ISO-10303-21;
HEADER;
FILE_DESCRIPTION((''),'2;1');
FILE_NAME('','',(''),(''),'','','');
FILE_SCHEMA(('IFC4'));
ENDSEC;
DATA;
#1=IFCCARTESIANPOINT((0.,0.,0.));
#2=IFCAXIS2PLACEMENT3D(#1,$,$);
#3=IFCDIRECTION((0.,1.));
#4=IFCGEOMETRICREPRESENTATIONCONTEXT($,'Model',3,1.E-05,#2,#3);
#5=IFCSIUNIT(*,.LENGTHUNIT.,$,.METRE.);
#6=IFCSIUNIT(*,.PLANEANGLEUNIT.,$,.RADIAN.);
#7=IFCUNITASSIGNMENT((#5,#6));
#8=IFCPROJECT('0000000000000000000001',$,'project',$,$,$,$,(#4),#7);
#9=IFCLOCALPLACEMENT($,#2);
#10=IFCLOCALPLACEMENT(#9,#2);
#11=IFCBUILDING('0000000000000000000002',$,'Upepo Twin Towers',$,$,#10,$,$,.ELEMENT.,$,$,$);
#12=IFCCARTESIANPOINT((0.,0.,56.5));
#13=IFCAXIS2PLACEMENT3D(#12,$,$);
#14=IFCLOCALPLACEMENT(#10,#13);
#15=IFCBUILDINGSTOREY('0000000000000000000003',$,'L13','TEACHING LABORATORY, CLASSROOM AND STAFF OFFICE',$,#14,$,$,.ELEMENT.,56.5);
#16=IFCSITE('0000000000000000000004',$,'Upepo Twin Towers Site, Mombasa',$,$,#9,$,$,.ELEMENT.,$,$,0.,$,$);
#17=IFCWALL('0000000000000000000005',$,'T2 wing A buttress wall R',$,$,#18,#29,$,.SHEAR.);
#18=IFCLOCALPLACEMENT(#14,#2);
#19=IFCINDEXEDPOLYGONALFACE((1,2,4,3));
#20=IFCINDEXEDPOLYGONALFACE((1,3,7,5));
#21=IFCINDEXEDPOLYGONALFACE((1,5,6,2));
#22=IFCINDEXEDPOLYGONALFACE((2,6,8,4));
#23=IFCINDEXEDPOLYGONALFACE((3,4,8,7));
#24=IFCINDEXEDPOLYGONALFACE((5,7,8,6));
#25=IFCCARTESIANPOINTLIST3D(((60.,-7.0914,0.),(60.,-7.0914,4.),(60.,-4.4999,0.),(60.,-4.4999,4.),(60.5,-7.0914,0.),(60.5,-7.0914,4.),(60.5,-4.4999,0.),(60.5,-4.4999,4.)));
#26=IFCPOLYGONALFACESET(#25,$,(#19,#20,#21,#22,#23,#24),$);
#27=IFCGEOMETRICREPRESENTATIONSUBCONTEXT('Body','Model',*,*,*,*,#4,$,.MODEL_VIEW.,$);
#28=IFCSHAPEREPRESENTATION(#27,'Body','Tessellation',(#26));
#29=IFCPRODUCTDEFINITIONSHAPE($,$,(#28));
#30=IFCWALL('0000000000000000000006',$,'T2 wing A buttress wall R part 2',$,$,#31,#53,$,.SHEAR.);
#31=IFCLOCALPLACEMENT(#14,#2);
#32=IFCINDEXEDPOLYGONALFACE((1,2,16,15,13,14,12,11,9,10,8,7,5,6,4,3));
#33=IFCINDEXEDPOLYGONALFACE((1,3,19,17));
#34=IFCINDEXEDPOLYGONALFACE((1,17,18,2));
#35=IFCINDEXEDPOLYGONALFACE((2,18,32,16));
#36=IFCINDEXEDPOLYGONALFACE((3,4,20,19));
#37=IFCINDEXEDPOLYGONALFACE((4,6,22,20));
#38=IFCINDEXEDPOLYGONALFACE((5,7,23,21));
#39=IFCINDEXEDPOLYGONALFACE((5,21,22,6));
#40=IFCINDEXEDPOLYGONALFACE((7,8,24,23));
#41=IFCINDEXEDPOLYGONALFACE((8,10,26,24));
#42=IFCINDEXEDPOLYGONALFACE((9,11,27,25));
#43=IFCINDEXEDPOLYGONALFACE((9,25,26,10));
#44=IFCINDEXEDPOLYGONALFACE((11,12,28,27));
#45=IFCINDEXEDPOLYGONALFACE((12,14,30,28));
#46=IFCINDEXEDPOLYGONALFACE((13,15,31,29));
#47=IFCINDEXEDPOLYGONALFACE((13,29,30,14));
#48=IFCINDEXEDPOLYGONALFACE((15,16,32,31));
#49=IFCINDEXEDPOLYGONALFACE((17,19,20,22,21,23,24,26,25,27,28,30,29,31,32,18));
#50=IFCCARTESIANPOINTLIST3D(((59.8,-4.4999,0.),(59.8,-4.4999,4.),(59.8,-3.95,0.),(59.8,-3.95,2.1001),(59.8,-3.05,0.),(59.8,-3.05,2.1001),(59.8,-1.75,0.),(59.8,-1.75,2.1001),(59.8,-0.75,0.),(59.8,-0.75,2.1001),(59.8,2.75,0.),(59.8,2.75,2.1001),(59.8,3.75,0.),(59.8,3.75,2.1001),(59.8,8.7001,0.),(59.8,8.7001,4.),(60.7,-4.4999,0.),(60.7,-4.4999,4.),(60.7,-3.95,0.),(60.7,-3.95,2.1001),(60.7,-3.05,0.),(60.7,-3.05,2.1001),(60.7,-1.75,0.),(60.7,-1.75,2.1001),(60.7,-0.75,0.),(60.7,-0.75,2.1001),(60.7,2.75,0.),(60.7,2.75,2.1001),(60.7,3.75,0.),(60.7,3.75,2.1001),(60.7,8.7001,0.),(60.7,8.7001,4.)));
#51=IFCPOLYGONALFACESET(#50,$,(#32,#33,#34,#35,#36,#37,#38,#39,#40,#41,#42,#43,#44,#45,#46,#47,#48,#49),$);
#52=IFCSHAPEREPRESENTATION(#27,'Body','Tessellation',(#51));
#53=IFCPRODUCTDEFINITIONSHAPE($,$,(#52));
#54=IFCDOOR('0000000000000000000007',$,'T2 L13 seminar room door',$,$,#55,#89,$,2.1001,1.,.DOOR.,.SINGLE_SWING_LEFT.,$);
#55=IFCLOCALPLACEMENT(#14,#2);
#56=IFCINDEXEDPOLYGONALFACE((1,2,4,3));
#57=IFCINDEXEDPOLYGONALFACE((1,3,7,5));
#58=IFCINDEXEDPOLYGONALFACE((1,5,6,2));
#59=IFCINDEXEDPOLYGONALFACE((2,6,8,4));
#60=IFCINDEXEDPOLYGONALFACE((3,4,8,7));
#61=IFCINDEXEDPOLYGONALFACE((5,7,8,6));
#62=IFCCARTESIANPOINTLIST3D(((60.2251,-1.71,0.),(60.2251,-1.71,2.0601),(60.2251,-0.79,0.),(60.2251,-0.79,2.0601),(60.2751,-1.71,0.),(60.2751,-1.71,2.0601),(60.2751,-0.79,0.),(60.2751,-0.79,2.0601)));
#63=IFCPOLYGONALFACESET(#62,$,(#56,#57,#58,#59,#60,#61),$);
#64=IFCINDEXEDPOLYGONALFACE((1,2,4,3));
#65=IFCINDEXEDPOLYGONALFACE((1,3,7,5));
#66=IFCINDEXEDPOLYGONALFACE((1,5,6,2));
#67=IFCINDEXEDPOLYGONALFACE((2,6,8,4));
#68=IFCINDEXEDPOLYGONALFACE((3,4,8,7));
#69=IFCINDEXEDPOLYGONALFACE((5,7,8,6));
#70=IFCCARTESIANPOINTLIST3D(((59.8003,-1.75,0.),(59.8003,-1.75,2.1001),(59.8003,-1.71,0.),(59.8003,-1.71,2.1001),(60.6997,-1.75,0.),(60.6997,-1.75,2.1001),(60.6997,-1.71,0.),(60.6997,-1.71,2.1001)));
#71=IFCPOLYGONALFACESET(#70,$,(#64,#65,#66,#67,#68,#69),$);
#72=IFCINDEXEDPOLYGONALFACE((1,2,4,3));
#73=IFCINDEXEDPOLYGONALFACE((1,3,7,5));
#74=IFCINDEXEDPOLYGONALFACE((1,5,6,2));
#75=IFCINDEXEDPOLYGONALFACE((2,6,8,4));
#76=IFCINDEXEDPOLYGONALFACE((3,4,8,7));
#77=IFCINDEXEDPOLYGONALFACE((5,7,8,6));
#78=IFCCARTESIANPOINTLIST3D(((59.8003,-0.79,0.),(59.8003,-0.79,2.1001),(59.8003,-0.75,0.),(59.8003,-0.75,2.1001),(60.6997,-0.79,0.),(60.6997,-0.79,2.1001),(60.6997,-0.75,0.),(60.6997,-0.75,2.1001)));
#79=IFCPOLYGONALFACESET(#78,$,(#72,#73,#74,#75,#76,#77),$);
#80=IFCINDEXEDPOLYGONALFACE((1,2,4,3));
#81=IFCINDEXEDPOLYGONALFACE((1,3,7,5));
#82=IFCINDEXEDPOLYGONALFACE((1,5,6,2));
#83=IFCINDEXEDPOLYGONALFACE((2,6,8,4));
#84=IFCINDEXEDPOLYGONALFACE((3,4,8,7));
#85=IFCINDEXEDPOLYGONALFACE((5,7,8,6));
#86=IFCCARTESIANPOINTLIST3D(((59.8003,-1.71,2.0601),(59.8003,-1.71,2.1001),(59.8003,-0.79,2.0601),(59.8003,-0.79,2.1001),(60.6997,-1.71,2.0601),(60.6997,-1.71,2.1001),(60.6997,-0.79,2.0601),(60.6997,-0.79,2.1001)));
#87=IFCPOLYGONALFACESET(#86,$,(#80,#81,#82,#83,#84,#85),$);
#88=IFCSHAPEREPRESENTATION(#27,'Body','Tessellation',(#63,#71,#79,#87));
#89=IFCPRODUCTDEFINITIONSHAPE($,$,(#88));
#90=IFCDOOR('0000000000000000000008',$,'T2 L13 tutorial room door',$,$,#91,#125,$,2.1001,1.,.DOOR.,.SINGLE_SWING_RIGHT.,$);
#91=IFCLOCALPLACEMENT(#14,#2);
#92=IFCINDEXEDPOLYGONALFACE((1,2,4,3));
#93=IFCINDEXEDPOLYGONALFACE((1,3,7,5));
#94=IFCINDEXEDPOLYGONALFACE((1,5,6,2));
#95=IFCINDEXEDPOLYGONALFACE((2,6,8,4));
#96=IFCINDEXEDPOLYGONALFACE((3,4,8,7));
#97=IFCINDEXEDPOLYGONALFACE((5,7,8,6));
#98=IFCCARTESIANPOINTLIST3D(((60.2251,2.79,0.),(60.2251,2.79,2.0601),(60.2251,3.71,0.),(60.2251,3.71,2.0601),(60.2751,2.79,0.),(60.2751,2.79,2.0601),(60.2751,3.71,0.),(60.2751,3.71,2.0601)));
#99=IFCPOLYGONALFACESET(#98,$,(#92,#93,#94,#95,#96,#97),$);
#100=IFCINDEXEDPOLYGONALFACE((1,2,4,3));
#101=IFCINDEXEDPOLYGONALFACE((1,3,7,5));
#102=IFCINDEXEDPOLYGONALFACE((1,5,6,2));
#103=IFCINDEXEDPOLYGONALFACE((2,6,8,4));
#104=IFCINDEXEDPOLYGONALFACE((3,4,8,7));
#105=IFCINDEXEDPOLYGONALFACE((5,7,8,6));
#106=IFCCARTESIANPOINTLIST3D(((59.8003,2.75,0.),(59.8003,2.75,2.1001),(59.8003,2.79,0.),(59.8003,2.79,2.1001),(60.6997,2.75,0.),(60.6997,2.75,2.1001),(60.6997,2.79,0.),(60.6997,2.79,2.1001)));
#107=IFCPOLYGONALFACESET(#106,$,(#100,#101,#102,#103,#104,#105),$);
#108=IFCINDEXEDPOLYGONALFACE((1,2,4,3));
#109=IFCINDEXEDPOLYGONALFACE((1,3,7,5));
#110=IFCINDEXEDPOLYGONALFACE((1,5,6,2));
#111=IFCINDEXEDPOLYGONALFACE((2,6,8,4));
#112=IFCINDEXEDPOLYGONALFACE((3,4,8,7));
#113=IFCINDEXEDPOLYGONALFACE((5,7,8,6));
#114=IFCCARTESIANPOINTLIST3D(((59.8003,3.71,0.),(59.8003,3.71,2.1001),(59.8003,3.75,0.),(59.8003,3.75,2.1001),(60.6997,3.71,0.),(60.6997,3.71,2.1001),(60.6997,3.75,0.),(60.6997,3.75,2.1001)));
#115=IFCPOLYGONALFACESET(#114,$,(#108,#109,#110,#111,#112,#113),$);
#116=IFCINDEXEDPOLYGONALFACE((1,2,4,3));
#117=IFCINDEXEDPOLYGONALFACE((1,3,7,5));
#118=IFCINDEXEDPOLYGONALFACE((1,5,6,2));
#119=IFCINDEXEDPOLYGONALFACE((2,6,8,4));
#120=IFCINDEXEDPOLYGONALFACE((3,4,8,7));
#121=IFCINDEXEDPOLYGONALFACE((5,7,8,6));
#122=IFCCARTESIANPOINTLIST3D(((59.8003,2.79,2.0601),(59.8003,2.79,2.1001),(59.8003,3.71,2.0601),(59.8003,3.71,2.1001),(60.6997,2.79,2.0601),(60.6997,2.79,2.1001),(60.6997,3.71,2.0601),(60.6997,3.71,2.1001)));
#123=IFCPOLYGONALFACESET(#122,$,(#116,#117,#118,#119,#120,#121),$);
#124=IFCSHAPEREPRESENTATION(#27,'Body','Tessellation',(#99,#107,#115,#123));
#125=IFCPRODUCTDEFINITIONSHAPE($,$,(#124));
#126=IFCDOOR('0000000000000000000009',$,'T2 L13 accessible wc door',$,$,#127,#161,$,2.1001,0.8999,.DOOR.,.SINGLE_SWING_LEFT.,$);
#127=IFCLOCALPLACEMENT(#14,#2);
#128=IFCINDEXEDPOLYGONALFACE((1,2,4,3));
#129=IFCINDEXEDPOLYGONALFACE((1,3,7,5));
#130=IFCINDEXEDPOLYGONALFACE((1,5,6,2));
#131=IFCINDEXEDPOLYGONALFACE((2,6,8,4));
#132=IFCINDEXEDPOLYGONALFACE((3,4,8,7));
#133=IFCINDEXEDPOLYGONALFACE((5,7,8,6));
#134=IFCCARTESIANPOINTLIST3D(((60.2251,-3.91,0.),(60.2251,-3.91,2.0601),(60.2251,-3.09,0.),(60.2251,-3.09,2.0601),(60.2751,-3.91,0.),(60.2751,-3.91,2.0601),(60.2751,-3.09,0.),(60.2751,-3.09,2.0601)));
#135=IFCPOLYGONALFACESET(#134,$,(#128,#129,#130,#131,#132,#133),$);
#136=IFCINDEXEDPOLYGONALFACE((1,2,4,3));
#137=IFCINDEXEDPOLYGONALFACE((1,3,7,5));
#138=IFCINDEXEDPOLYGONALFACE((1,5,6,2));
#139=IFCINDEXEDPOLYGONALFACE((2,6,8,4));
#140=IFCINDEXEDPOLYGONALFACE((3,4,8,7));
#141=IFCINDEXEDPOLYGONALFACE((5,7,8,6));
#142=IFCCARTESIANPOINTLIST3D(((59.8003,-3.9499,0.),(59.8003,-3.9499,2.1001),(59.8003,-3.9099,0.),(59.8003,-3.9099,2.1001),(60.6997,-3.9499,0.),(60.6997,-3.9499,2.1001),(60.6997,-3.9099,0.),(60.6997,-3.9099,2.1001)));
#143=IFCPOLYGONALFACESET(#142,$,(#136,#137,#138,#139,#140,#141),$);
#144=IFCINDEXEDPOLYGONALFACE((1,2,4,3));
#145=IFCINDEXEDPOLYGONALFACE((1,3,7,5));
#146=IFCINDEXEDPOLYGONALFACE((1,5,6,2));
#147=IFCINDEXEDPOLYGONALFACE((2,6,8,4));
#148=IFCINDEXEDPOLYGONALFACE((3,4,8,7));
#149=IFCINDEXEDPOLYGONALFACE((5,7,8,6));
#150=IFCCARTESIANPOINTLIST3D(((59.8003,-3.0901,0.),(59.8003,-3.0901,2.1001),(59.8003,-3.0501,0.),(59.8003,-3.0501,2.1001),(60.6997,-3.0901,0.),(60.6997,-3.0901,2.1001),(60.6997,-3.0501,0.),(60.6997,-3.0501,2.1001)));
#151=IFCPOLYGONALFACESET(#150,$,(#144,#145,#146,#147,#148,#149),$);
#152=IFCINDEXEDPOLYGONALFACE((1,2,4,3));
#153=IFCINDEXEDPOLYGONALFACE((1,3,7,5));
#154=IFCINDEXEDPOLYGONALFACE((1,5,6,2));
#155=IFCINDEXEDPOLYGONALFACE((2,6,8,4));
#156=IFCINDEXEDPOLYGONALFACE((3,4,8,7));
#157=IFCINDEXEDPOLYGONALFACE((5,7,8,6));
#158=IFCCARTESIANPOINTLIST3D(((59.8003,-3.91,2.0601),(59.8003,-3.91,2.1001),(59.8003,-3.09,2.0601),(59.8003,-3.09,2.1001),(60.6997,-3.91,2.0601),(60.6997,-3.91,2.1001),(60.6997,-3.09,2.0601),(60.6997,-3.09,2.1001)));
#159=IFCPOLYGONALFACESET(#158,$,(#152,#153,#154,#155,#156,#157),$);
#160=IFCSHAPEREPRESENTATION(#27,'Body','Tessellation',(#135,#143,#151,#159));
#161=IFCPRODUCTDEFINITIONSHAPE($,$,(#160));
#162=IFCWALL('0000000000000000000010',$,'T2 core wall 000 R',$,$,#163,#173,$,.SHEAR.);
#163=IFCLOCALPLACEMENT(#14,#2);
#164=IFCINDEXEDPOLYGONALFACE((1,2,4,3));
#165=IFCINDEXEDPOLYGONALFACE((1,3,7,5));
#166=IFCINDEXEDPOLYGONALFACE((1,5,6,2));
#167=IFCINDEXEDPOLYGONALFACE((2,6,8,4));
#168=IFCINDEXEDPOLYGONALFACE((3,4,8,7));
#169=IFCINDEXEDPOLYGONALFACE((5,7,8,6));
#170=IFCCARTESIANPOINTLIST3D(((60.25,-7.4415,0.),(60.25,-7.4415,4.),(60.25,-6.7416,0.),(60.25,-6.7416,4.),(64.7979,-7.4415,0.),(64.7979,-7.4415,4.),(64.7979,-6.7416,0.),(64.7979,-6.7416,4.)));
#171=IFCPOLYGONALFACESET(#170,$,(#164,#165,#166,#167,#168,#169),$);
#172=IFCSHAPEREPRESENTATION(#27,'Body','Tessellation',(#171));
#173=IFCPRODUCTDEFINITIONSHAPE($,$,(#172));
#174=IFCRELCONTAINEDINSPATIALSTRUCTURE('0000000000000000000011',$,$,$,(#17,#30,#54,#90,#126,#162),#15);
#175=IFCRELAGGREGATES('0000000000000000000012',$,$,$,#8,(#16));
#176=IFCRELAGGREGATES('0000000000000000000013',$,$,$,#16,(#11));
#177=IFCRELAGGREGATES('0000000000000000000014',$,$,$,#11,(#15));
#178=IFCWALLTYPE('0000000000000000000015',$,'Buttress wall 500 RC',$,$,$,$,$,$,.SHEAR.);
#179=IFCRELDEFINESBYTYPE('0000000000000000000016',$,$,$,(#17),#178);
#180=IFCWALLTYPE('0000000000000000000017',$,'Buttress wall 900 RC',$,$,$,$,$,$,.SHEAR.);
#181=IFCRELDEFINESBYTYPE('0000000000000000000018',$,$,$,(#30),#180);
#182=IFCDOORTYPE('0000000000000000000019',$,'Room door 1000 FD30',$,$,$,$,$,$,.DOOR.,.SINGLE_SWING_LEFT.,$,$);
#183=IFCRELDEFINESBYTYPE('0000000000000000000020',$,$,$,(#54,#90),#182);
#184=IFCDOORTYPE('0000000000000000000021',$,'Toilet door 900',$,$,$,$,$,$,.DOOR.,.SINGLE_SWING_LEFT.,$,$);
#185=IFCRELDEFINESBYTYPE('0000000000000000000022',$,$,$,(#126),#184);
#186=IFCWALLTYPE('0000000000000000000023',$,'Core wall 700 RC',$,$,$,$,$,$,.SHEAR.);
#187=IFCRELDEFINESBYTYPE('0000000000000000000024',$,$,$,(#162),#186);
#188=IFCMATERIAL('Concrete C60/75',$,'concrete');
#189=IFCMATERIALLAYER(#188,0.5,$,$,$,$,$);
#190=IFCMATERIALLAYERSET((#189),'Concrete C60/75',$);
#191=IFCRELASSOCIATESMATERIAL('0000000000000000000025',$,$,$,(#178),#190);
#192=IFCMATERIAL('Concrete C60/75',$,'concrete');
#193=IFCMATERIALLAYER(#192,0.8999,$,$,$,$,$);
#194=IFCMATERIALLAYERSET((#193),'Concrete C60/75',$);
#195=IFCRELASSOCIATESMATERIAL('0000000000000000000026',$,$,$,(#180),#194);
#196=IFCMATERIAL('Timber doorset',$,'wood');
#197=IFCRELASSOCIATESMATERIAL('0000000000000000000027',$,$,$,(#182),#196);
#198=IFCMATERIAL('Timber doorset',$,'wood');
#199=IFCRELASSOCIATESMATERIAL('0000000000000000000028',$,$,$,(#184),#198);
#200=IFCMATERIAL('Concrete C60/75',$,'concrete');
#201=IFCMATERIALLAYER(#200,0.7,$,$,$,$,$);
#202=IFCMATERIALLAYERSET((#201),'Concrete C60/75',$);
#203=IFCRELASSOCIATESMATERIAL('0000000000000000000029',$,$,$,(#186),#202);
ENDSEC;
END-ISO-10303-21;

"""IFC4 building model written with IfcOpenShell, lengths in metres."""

from ifc_helpers import new_model, si_unit, direction, frame, frame_2d, origin, place, context, subcontext, project, spatial, rectangle, extrude, material, layer, layer_set, type_object, element, fill, save


model = new_model("IFC4")

# Units and contexts
model_context = context("Model", 3, precision=1e-05, world=origin(), true_north=direction((0.0, 1.0)))
body_context = subcontext(model_context, "Body", "Model", "MODEL_VIEW")
ifc_project = project(units=[si_unit("LENGTHUNIT", "METRE"), si_unit("PLANEANGLEUNIT", "RADIAN")], contexts=[model_context])

# Site, building, storey
site_placement = place(None, origin())
site = spatial("IfcSite", under=ifc_project, at=site_placement, Name="Upepo Twin Towers Site, Mombasa", CompositionType="ELEMENT", RefElevation=0.0)
building_placement = place(site_placement, origin())
building = spatial("IfcBuilding", under=site, at=building_placement, Name="Upepo Twin Towers", CompositionType="ELEMENT")
storey_placement = place(building_placement, frame((0.0, 0.0, 56.5)))
storey = spatial("IfcBuildingStorey", under=building, at=storey_placement, Name="L13", Description="TEACHING LABORATORY, CLASSROOM AND STAFF OFFICE", CompositionType="ELEMENT", Elevation=56.5)

# Wall
ifc_material_1 = material(Name="Concrete C60/75", Category="concrete")
ifc_layer_1 = layer(ifc_material_1, 0.5)
ifc_layer_set_1 = layer_set([ifc_layer_1], Name="Concrete C60/75")
wall_type_1 = type_object("IfcWallType", Name="Buttress wall 500 RC", PredefinedType="SHEAR", material=ifc_layer_set_1)
wall_1_placement = place(storey_placement, frame((60.25, -7.0916, 0.0), z_axis=(0.0, 0.0, 1.0), x_axis=(0.0, 1.0, 0.0)))
element("IfcWall", 1, at=wall_1_placement, inside=storey, type_object=wall_type_1, Name="T2 wing A buttress wall R", PredefinedType="SHEAR", context=body_context, shape_type="SweptSolid", body=[
    extrude(rectangle(XDim=2.5916, YDim=0.5, at=frame_2d((1.2959, 0.0))), origin(), (0.0, 0.0, 1.0), 4.0),
])

# Wall, openings, doors
ifc_material_2 = material(Name="Concrete C60/75", Category="concrete")
ifc_layer_2 = layer(ifc_material_2, 0.8999)
ifc_layer_set_2 = layer_set([ifc_layer_2], Name="Concrete C60/75")
wall_type_2 = type_object("IfcWallType", Name="Buttress wall 900 RC", PredefinedType="SHEAR", material=ifc_layer_set_2)
wall_2_placement = place(storey_placement, frame((60.25, -4.5, 0.0), z_axis=(0.0, 0.0, 1.0), x_axis=(0.0, 1.0, 0.0)))
wall_2 = element("IfcWall", 2, at=wall_2_placement, inside=storey, type_object=wall_type_2, Name="T2 wing A buttress wall R part 2", PredefinedType="SHEAR", context=body_context, shape_type="SweptSolid", body=[
    extrude(rectangle(XDim=13.2, YDim=0.8999, at=frame_2d((6.6001, 0.0))), origin(), (0.0, 0.0, 1.0), 4.0),
])
opening_1_placement = place(wall_2_placement, frame((0.55, 0.0, 0.0)))
opening_1 = element("IfcOpeningElement", 3, at=opening_1_placement, cuts=wall_2, PredefinedType="OPENING", context=body_context, shape_type="SweptSolid", body=[
    extrude(rectangle(XDim=0.8999, YDim=2.1001, at=frame_2d((0.45, 1.05))), frame((0.0, 0.46, 0.0), z_axis=(0.0, -1.0, 0.0), x_axis=(1.0, 0.0, 0.0)), (0.0, 0.0, 1.0), 0.9199),
])
opening_2_placement = place(wall_2_placement, frame((2.75, 0.0, 0.0)))
opening_2 = element("IfcOpeningElement", 4, at=opening_2_placement, cuts=wall_2, PredefinedType="OPENING", context=body_context, shape_type="SweptSolid", body=[
    extrude(rectangle(XDim=1.0, YDim=2.1001, at=frame_2d((0.5, 1.05))), frame((0.0, 0.46, 0.0), z_axis=(0.0, -1.0, 0.0), x_axis=(1.0, 0.0, 0.0)), (0.0, 0.0, 1.0), 0.9199),
])
opening_3_placement = place(wall_2_placement, frame((7.25, 0.0, 0.0)))
opening_3 = element("IfcOpeningElement", 5, at=opening_3_placement, cuts=wall_2, PredefinedType="OPENING", context=body_context, shape_type="SweptSolid", body=[
    extrude(rectangle(XDim=1.0, YDim=2.1001, at=frame_2d((0.5, 1.05))), frame((0.0, 0.46, 0.0), z_axis=(0.0, -1.0, 0.0), x_axis=(1.0, 0.0, 0.0)), (0.0, 0.0, 1.0), 0.9199),
])
ifc_material_3 = material(Name="Timber doorset", Category="wood")
door_type_1 = type_object("IfcDoorType", Name="Room door 1000 FD30", OperationType="SINGLE_SWING_LEFT", PredefinedType="DOOR", material=ifc_material_3)
door_1_placement = place(opening_2_placement, origin())
door_1 = element("IfcDoor", 6, at=door_1_placement, inside=storey, type_object=door_type_1, Name="T2 L13 seminar room door", OperationType="SINGLE_SWING_LEFT", OverallHeight=2.1001, OverallWidth=1.0, PredefinedType="DOOR", context=body_context, shape_type="SweptSolid", body=[
    extrude(rectangle(XDim=0.92, YDim=2.0601, at=frame_2d((0.5, 1.03))), frame((0.0, 0.0249, 0.0), z_axis=(0.0, -1.0, 0.0), x_axis=(1.0, 0.0, 0.0)), (0.0, 0.0, 1.0), 0.05),
    extrude(rectangle(XDim=0.04, YDim=2.1001, at=frame_2d((0.02, 1.05))), frame((0.0, 0.4497, 0.0), z_axis=(0.0, -1.0, 0.0), x_axis=(1.0, 0.0, 0.0)), (0.0, 0.0, 1.0), 0.8994),
    extrude(rectangle(XDim=0.04, YDim=2.1001, at=frame_2d((0.98, 1.05))), frame((0.0, 0.4497, 0.0), z_axis=(0.0, -1.0, 0.0), x_axis=(1.0, 0.0, 0.0)), (0.0, 0.0, 1.0), 0.8994),
    extrude(rectangle(XDim=0.92, YDim=0.04, at=frame_2d((0.5, 2.0801))), frame((0.0, 0.4497, 0.0), z_axis=(0.0, -1.0, 0.0), x_axis=(1.0, 0.0, 0.0)), (0.0, 0.0, 1.0), 0.8994),
])
fill(opening_2, door_1)
door_2_placement = place(opening_3_placement, origin())
door_2 = element("IfcDoor", 7, at=door_2_placement, inside=storey, type_object=door_type_1, Name="T2 L13 tutorial room door", OperationType="SINGLE_SWING_RIGHT", OverallHeight=2.1001, OverallWidth=1.0, PredefinedType="DOOR", context=body_context, shape_type="SweptSolid", body=[
    extrude(rectangle(XDim=0.92, YDim=2.0601, at=frame_2d((0.5, 1.03))), frame((0.0, 0.0249, 0.0), z_axis=(0.0, -1.0, 0.0), x_axis=(1.0, 0.0, 0.0)), (0.0, 0.0, 1.0), 0.05),
    extrude(rectangle(XDim=0.04, YDim=2.1001, at=frame_2d((0.02, 1.05))), frame((0.0, 0.4497, 0.0), z_axis=(0.0, -1.0, 0.0), x_axis=(1.0, 0.0, 0.0)), (0.0, 0.0, 1.0), 0.8994),
    extrude(rectangle(XDim=0.04, YDim=2.1001, at=frame_2d((0.98, 1.05))), frame((0.0, 0.4497, 0.0), z_axis=(0.0, -1.0, 0.0), x_axis=(1.0, 0.0, 0.0)), (0.0, 0.0, 1.0), 0.8994),
    extrude(rectangle(XDim=0.92, YDim=0.04, at=frame_2d((0.5, 2.0801))), frame((0.0, 0.4497, 0.0), z_axis=(0.0, -1.0, 0.0), x_axis=(1.0, 0.0, 0.0)), (0.0, 0.0, 1.0), 0.8994),
])
fill(opening_3, door_2)
ifc_material_4 = material(Name="Timber doorset", Category="wood")
door_type_2 = type_object("IfcDoorType", Name="Toilet door 900", OperationType="SINGLE_SWING_LEFT", PredefinedType="DOOR", material=ifc_material_4)
door_3_placement = place(opening_1_placement, origin())
door_3 = element("IfcDoor", 8, at=door_3_placement, inside=storey, type_object=door_type_2, Name="T2 L13 accessible wc door", OperationType="SINGLE_SWING_LEFT", OverallHeight=2.1001, OverallWidth=0.8999, PredefinedType="DOOR", context=body_context, shape_type="SweptSolid", body=[
    extrude(rectangle(XDim=0.8199, YDim=2.0601, at=frame_2d((0.45, 1.03))), frame((0.0, 0.0249, 0.0), z_axis=(0.0, -1.0, 0.0), x_axis=(1.0, 0.0, 0.0)), (0.0, 0.0, 1.0), 0.05),
    extrude(rectangle(XDim=0.04, YDim=2.1001, at=frame_2d((0.02, 1.05))), frame((0.0, 0.4497, 0.0), z_axis=(0.0, -1.0, 0.0), x_axis=(1.0, 0.0, 0.0)), (0.0, 0.0, 1.0), 0.8994),
    extrude(rectangle(XDim=0.04, YDim=2.1001, at=frame_2d((0.8799, 1.05))), frame((0.0, 0.4497, 0.0), z_axis=(0.0, -1.0, 0.0), x_axis=(1.0, 0.0, 0.0)), (0.0, 0.0, 1.0), 0.8994),
    extrude(rectangle(XDim=0.8199, YDim=0.04, at=frame_2d((0.45, 2.0801))), frame((0.0, 0.4497, 0.0), z_axis=(0.0, -1.0, 0.0), x_axis=(1.0, 0.0, 0.0)), (0.0, 0.0, 1.0), 0.8994),
])
fill(opening_1, door_3)

# Wall
ifc_material_5 = material(Name="Concrete C60/75", Category="concrete")
ifc_layer_3 = layer(ifc_material_5, 0.7)
ifc_layer_set_3 = layer_set([ifc_layer_3], Name="Concrete C60/75")
wall_type_3 = type_object("IfcWallType", Name="Core wall 700 RC", PredefinedType="SHEAR", material=ifc_layer_set_3)
wall_3_placement = place(storey_placement, frame((64.7979, -7.0916, 0.0), z_axis=(0.0, 0.0, 1.0), x_axis=(-1.0, 0.0, 0.0)))
element("IfcWall", 9, at=wall_3_placement, inside=storey, type_object=wall_type_3, Name="T2 core wall 000 R", PredefinedType="SHEAR", context=body_context, shape_type="SweptSolid", body=[
    extrude(rectangle(XDim=4.5479, YDim=0.7, at=frame_2d((2.2739, 0.0))), origin(), (0.0, 0.0, 1.0), 4.0),
])

save(model, "model.ifc")
